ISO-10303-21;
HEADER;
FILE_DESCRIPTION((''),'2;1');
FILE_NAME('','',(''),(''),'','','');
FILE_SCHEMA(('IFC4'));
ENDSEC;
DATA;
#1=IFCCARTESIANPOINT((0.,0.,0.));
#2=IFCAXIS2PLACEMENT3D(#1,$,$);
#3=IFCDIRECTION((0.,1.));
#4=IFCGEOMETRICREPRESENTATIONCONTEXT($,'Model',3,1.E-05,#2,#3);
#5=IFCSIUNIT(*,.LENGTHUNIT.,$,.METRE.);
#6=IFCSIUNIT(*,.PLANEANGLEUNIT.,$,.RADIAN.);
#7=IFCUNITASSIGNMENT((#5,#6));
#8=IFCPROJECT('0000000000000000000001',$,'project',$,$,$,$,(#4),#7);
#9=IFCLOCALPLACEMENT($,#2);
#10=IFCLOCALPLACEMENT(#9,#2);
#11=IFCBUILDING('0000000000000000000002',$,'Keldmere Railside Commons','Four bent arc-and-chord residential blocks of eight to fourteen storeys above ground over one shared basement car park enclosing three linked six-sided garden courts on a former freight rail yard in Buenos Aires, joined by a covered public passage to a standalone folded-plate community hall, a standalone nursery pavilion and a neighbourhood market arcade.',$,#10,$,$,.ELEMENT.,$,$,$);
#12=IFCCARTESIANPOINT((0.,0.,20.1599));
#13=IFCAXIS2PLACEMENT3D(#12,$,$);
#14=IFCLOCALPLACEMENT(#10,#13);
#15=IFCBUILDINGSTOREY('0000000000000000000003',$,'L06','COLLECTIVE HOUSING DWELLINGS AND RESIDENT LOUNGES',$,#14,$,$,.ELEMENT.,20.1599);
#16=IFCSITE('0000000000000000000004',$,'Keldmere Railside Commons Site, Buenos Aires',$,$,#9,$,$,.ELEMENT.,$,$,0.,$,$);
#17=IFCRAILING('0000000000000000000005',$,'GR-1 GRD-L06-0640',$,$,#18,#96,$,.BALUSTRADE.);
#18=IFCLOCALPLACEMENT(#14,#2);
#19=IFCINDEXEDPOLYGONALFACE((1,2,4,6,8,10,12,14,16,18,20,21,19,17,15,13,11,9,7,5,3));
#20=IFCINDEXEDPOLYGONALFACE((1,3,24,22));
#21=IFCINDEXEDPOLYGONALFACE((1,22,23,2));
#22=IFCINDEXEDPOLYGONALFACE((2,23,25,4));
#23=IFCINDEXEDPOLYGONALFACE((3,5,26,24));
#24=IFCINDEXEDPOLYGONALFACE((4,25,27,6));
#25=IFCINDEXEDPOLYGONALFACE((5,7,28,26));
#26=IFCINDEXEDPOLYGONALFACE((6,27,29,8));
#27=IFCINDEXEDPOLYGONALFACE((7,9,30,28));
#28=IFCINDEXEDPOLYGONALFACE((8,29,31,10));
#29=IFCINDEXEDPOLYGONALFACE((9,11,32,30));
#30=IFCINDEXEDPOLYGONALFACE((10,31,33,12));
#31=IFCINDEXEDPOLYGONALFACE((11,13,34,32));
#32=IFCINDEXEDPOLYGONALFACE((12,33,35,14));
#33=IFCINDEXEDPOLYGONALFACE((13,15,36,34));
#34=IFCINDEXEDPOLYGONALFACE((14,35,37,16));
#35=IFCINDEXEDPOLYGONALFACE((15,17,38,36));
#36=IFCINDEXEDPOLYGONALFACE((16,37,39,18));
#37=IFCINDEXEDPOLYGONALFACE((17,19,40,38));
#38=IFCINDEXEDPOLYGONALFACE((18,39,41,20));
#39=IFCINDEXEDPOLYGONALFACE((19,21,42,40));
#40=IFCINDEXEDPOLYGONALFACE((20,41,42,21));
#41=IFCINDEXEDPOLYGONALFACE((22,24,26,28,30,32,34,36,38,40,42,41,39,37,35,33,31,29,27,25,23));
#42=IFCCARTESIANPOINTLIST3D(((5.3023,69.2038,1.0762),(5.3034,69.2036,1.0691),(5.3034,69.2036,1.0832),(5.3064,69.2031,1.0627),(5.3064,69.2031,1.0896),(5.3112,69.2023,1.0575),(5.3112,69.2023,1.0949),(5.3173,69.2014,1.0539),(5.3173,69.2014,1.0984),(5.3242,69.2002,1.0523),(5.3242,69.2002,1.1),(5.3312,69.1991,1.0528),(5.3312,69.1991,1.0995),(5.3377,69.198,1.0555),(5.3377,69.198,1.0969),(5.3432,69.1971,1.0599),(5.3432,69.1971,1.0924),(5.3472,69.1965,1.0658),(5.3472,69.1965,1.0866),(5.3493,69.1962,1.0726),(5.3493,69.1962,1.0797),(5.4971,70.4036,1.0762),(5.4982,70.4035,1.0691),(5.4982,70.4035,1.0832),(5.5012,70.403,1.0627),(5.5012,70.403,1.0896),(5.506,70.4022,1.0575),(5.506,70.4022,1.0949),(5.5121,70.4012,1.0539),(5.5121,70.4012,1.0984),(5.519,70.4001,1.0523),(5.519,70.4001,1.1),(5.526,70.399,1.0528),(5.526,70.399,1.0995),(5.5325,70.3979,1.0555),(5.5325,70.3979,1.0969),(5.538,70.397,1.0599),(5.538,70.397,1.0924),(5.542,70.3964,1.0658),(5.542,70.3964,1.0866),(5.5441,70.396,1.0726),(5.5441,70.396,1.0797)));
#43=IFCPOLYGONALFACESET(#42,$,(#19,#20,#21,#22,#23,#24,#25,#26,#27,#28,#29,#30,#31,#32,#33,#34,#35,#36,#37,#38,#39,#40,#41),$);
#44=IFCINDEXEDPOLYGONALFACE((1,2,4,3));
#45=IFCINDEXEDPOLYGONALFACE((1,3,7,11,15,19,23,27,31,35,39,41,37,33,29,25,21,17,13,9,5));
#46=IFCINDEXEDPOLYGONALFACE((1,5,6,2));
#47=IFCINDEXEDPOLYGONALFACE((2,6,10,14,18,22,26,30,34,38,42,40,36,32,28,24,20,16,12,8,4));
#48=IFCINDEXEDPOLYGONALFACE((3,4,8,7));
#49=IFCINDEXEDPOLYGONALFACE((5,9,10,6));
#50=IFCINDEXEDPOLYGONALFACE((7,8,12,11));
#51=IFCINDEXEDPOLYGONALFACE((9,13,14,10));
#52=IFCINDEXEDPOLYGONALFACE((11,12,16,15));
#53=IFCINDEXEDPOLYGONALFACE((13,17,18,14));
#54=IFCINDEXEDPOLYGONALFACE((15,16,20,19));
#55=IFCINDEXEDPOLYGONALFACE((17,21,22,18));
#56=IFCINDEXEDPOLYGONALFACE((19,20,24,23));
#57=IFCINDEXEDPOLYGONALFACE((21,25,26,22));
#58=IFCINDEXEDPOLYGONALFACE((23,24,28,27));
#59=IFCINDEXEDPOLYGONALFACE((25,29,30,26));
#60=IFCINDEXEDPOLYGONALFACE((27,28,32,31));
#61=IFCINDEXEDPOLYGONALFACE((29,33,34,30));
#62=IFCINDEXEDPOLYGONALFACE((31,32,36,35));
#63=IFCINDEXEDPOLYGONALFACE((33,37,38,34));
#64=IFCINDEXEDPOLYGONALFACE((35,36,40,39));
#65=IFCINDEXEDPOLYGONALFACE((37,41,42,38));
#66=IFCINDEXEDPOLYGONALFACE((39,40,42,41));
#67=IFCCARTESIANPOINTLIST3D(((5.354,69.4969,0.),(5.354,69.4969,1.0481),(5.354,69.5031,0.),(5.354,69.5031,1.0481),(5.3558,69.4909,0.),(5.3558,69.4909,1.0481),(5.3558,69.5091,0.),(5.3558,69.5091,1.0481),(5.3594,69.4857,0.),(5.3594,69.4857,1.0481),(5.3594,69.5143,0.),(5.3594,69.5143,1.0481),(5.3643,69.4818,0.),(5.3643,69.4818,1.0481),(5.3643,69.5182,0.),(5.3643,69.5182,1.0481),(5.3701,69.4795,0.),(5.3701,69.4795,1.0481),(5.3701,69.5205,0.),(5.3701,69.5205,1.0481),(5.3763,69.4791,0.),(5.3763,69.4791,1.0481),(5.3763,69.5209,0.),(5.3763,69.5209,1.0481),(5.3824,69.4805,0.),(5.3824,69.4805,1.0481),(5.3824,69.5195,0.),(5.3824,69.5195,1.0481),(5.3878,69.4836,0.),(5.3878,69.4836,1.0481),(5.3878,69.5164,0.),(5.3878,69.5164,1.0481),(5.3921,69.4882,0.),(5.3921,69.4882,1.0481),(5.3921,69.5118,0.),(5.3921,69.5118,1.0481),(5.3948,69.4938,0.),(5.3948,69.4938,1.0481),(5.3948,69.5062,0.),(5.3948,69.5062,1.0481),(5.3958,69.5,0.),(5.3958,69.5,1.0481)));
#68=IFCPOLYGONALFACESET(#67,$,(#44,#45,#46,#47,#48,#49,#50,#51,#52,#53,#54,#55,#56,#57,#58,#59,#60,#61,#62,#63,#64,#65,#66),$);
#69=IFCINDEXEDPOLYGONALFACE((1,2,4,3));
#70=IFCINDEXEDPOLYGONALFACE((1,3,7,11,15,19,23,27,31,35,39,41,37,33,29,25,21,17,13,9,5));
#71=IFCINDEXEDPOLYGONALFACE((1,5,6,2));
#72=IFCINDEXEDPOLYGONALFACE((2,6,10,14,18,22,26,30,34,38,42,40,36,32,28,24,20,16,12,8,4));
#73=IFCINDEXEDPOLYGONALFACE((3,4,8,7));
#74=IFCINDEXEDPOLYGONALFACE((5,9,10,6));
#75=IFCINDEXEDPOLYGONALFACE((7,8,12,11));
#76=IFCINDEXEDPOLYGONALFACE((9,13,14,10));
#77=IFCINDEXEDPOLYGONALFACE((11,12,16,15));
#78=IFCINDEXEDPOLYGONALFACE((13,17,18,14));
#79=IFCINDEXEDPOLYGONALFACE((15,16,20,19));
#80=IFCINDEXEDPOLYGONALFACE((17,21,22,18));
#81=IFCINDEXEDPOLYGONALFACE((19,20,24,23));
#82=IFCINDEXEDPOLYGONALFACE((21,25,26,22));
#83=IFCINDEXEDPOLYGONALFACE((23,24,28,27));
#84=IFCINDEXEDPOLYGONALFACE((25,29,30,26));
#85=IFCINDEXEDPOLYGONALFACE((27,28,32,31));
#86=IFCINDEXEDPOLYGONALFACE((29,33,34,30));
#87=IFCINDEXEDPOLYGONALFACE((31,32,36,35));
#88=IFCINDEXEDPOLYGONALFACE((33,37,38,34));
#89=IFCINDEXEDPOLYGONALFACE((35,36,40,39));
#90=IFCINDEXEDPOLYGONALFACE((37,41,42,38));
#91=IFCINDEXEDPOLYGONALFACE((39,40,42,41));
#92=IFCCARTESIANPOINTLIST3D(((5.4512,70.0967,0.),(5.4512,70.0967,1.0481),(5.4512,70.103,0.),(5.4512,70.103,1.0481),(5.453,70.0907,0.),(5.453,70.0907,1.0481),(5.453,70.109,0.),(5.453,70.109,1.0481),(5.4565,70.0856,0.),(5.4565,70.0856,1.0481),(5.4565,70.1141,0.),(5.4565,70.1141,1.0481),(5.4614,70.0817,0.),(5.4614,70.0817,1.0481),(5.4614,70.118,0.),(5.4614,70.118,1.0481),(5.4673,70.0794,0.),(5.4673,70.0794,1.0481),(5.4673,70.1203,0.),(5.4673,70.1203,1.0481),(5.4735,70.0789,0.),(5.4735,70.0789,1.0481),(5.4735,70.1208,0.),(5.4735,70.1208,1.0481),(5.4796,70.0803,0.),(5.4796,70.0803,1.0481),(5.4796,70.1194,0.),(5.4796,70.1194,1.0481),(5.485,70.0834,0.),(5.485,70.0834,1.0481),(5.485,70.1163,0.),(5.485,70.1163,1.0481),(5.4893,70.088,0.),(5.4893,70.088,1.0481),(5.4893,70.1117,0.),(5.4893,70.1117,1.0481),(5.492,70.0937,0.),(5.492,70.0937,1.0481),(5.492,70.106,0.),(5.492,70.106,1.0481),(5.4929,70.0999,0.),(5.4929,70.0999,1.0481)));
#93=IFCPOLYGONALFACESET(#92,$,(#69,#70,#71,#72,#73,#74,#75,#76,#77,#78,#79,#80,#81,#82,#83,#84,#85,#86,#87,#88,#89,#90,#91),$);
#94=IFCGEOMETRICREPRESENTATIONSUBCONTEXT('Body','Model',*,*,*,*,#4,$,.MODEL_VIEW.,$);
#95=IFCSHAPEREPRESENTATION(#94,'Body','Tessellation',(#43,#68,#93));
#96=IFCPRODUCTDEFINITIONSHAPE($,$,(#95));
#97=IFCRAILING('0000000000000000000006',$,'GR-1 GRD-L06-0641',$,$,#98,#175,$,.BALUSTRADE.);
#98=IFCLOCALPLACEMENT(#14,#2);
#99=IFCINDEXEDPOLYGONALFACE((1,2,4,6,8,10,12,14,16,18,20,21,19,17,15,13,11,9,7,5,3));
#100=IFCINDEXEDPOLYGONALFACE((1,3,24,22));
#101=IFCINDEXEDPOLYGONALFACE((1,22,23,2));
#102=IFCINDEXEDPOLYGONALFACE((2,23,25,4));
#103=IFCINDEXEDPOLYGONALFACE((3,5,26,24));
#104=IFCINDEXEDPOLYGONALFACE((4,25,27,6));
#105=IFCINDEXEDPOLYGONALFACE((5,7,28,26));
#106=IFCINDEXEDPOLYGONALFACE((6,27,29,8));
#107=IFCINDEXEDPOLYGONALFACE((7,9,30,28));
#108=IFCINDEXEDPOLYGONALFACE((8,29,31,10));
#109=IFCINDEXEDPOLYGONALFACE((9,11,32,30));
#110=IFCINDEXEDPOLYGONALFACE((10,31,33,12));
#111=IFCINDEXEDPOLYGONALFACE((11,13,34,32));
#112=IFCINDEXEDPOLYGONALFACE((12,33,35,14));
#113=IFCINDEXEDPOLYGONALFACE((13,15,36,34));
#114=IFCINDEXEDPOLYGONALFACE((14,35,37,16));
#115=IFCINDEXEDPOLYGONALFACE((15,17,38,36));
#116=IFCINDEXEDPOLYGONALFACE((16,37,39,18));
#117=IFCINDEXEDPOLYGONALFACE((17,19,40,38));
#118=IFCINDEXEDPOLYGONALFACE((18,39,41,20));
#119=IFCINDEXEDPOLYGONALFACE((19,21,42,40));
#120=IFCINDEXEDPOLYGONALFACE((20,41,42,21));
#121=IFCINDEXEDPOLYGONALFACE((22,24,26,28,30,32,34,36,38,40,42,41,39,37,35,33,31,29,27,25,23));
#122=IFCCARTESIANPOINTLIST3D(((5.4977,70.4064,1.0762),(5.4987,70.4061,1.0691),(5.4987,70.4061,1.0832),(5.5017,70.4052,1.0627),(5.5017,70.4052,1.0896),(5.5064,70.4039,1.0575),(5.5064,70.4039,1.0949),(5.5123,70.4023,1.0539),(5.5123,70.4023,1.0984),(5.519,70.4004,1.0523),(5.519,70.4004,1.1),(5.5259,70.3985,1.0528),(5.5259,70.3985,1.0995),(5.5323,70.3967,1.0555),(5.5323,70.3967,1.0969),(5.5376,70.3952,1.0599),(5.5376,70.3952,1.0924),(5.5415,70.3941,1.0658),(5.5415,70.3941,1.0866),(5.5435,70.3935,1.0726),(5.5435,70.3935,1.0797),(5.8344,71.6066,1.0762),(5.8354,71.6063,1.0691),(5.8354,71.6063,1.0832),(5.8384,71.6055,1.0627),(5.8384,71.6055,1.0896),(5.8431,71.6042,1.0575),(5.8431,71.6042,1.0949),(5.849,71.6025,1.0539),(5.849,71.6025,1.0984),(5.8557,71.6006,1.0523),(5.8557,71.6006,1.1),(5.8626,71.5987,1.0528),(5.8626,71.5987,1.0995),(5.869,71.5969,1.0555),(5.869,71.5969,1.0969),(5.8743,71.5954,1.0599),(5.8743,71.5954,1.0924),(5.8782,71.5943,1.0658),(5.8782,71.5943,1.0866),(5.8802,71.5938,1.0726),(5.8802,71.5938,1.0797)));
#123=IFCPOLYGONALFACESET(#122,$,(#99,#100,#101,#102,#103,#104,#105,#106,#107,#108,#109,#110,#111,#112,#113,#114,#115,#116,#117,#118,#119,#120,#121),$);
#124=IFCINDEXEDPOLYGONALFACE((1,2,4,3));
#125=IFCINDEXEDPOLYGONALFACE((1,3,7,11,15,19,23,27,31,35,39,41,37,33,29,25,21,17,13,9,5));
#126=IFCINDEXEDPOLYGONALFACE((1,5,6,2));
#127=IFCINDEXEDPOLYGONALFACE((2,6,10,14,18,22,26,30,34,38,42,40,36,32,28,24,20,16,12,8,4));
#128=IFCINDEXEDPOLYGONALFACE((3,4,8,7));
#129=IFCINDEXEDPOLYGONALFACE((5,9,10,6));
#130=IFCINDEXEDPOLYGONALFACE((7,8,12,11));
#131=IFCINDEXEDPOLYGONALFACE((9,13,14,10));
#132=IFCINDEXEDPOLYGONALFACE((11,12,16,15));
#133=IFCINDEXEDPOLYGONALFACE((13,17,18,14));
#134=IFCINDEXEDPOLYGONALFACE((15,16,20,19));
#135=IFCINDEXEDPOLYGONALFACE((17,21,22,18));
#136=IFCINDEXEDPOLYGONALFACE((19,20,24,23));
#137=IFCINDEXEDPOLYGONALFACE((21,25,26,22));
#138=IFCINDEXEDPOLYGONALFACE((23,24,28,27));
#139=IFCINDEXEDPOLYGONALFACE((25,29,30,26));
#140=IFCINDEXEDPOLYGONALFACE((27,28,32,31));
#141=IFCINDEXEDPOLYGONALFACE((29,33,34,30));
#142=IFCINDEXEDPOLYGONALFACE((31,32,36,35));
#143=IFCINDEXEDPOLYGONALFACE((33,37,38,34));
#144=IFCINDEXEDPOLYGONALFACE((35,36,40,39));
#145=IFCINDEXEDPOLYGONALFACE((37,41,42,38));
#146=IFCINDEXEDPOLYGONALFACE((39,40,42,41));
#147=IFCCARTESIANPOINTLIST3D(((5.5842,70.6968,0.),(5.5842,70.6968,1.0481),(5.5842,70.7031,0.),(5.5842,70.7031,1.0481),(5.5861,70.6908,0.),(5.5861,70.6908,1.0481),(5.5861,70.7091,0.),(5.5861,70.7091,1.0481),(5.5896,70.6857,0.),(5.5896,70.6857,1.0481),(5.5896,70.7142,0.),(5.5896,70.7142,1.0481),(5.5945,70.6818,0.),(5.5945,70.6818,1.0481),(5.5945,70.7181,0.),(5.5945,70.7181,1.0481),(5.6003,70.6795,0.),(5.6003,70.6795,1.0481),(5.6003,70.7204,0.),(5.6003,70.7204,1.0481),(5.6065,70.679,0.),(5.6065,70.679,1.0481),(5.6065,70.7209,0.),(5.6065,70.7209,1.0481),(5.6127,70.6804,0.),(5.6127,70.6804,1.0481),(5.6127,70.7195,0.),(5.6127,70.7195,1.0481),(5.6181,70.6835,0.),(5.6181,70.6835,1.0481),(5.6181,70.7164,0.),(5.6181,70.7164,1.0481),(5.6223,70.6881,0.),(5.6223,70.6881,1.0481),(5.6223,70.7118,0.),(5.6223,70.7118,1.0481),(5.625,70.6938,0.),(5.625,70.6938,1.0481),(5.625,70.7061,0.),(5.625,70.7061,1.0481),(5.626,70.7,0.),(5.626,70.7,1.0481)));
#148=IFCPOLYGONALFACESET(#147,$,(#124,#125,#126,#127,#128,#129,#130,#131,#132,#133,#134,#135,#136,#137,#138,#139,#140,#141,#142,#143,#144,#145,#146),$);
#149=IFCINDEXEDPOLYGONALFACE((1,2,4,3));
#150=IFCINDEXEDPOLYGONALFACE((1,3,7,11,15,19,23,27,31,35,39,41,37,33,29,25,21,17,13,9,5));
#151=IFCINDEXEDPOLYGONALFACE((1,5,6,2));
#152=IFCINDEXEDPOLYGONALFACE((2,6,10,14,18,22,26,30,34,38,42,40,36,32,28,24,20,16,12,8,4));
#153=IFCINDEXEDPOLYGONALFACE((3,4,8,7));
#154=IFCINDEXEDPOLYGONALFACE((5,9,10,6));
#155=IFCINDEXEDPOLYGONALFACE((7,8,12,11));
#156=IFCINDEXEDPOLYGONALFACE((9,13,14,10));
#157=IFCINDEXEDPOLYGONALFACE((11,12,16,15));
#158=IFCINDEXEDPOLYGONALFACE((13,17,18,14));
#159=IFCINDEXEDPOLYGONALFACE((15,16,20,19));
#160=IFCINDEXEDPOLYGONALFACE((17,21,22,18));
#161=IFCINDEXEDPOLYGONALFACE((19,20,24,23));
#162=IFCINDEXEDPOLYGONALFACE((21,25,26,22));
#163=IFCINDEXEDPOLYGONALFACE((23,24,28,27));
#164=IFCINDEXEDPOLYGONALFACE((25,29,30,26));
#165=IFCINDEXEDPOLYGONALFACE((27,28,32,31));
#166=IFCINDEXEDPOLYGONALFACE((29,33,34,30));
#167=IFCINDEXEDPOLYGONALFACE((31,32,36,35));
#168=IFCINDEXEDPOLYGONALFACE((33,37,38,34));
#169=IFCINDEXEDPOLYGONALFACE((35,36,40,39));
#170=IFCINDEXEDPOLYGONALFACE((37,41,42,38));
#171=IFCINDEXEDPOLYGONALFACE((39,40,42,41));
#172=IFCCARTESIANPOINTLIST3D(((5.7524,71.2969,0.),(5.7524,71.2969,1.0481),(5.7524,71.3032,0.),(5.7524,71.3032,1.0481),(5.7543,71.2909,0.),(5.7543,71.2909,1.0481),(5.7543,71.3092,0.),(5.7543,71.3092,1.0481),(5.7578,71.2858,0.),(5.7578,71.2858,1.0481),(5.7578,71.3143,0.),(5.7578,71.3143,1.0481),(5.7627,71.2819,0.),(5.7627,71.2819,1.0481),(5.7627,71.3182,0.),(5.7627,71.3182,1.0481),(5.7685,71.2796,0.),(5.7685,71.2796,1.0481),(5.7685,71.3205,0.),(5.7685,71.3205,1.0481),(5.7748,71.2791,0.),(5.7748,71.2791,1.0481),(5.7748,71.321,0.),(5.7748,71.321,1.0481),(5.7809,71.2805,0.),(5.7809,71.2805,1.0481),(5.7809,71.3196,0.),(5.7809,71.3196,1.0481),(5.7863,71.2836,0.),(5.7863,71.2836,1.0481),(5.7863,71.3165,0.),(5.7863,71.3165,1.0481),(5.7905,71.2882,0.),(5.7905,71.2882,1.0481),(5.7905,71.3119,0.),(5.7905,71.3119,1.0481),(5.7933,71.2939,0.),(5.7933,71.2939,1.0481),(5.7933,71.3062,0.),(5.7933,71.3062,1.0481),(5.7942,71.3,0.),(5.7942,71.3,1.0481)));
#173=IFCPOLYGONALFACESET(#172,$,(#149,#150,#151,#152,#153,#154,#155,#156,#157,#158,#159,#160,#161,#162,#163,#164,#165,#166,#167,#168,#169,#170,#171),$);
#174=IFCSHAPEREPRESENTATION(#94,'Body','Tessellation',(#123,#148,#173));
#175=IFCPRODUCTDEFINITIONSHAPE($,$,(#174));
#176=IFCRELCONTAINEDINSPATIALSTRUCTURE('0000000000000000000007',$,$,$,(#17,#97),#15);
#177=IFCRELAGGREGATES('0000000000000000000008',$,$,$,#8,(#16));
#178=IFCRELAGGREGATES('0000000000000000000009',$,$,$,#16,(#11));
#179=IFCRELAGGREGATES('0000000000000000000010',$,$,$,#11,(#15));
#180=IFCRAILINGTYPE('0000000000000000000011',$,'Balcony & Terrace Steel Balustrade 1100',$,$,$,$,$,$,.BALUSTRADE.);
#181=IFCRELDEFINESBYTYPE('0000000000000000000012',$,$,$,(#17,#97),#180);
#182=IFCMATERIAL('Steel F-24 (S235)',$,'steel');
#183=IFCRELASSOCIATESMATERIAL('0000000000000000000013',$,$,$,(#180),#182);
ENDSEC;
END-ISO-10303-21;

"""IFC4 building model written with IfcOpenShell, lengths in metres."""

from ifc_helpers import new_model, si_unit, direction, frame, origin, origin_2d, place, context, subcontext, project, spatial, circle, extrude, material, type_object, element, save


model = new_model("IFC4")

# Units and contexts
model_context = context("Model", 3, precision=1e-05, world=origin(), true_north=direction((0.0, 1.0)))
body_context = subcontext(model_context, "Body", "Model", "MODEL_VIEW")
ifc_project = project(units=[si_unit("LENGTHUNIT", "METRE"), si_unit("PLANEANGLEUNIT", "RADIAN")], contexts=[model_context])

# Site, building, storey
site_placement = place(None, origin())
site = spatial("IfcSite", under=ifc_project, at=site_placement, Name="Keldmere Railside Commons Site, Buenos Aires", CompositionType="ELEMENT", RefElevation=0.0)
building_placement = place(site_placement, origin())
building = spatial("IfcBuilding", under=site, at=building_placement, Name="Keldmere Railside Commons", Description="Four bent arc-and-chord residential blocks of eight to fourteen storeys above ground over one shared basement car park enclosing three linked six-sided garden courts on a former freight rail yard in Buenos Aires, joined by a covered public passage to a standalone folded-plate community hall, a standalone nursery pavilion and a neighbourhood market arcade.", CompositionType="ELEMENT")
storey_placement = place(building_placement, frame((0.0, 0.0, 20.1599)))
storey = spatial("IfcBuildingStorey", under=building, at=storey_placement, Name="L06", Description="COLLECTIVE HOUSING DWELLINGS AND RESIDENT LOUNGES", CompositionType="ELEMENT", Elevation=20.1599)

# Shared definitions
ifc_material_1 = material(Name="Steel F-24 (S235)", Category="steel")

# Railings
railing_type_1 = type_object("IfcRailingType", Name="Balcony & Terrace Steel Balustrade 1100", PredefinedType="BALUSTRADE", material=ifc_material_1)
railing_1_placement = place(storey_placement, frame((5.3259, 69.2, 0.0)))
element("IfcRailing", 1, at=railing_1_placement, inside=storey, type_object=railing_type_1, Name="GR-1 GRD-L06-0640", PredefinedType="BALUSTRADE", context=body_context, shape_type="SweptSolid", body=[
    extrude(circle(Radius=0.0239, at=origin_2d()), frame((0.0, 0.0, 1.0762), z_axis=(0.160262, 0.987075, 0.0), x_axis=(-0.987075, 0.160262, 0.0)), (0.0, 0.0, 1.0), 1.2156),
    extrude(circle(Radius=0.021, at=origin_2d()), frame((0.0488, 0.3, 0.0)), (0.0, 0.0, 1.0), 1.0481),
    extrude(circle(Radius=0.021, at=origin_2d()), frame((0.146, 0.8999, 0.0)), (0.0, 0.0, 1.0), 1.0481),
])
railing_2_placement = place(storey_placement, frame((5.5208, 70.3999, 0.0)))
element("IfcRailing", 2, at=railing_2_placement, inside=storey, type_object=railing_type_1, Name="GR-1 GRD-L06-0641", PredefinedType="BALUSTRADE", context=body_context, shape_type="SweptSolid", body=[
    extrude(circle(Radius=0.0239, at=origin_2d()), frame((0.0, 0.0, 1.0762), z_axis=(0.270088, 0.962836, 0.0), x_axis=(-0.962836, 0.270088, 0.0)), (0.0, 0.0, 1.0), 1.2466),
    extrude(circle(Radius=0.021, at=origin_2d()), frame((0.0842, 0.3, 0.0)), (0.0, 0.0, 1.0), 1.0481),
    extrude(circle(Radius=0.021, at=origin_2d()), frame((0.2524, 0.9001, 0.0)), (0.0, 0.0, 1.0), 1.0481),
])

save(model, "model.ifc")
